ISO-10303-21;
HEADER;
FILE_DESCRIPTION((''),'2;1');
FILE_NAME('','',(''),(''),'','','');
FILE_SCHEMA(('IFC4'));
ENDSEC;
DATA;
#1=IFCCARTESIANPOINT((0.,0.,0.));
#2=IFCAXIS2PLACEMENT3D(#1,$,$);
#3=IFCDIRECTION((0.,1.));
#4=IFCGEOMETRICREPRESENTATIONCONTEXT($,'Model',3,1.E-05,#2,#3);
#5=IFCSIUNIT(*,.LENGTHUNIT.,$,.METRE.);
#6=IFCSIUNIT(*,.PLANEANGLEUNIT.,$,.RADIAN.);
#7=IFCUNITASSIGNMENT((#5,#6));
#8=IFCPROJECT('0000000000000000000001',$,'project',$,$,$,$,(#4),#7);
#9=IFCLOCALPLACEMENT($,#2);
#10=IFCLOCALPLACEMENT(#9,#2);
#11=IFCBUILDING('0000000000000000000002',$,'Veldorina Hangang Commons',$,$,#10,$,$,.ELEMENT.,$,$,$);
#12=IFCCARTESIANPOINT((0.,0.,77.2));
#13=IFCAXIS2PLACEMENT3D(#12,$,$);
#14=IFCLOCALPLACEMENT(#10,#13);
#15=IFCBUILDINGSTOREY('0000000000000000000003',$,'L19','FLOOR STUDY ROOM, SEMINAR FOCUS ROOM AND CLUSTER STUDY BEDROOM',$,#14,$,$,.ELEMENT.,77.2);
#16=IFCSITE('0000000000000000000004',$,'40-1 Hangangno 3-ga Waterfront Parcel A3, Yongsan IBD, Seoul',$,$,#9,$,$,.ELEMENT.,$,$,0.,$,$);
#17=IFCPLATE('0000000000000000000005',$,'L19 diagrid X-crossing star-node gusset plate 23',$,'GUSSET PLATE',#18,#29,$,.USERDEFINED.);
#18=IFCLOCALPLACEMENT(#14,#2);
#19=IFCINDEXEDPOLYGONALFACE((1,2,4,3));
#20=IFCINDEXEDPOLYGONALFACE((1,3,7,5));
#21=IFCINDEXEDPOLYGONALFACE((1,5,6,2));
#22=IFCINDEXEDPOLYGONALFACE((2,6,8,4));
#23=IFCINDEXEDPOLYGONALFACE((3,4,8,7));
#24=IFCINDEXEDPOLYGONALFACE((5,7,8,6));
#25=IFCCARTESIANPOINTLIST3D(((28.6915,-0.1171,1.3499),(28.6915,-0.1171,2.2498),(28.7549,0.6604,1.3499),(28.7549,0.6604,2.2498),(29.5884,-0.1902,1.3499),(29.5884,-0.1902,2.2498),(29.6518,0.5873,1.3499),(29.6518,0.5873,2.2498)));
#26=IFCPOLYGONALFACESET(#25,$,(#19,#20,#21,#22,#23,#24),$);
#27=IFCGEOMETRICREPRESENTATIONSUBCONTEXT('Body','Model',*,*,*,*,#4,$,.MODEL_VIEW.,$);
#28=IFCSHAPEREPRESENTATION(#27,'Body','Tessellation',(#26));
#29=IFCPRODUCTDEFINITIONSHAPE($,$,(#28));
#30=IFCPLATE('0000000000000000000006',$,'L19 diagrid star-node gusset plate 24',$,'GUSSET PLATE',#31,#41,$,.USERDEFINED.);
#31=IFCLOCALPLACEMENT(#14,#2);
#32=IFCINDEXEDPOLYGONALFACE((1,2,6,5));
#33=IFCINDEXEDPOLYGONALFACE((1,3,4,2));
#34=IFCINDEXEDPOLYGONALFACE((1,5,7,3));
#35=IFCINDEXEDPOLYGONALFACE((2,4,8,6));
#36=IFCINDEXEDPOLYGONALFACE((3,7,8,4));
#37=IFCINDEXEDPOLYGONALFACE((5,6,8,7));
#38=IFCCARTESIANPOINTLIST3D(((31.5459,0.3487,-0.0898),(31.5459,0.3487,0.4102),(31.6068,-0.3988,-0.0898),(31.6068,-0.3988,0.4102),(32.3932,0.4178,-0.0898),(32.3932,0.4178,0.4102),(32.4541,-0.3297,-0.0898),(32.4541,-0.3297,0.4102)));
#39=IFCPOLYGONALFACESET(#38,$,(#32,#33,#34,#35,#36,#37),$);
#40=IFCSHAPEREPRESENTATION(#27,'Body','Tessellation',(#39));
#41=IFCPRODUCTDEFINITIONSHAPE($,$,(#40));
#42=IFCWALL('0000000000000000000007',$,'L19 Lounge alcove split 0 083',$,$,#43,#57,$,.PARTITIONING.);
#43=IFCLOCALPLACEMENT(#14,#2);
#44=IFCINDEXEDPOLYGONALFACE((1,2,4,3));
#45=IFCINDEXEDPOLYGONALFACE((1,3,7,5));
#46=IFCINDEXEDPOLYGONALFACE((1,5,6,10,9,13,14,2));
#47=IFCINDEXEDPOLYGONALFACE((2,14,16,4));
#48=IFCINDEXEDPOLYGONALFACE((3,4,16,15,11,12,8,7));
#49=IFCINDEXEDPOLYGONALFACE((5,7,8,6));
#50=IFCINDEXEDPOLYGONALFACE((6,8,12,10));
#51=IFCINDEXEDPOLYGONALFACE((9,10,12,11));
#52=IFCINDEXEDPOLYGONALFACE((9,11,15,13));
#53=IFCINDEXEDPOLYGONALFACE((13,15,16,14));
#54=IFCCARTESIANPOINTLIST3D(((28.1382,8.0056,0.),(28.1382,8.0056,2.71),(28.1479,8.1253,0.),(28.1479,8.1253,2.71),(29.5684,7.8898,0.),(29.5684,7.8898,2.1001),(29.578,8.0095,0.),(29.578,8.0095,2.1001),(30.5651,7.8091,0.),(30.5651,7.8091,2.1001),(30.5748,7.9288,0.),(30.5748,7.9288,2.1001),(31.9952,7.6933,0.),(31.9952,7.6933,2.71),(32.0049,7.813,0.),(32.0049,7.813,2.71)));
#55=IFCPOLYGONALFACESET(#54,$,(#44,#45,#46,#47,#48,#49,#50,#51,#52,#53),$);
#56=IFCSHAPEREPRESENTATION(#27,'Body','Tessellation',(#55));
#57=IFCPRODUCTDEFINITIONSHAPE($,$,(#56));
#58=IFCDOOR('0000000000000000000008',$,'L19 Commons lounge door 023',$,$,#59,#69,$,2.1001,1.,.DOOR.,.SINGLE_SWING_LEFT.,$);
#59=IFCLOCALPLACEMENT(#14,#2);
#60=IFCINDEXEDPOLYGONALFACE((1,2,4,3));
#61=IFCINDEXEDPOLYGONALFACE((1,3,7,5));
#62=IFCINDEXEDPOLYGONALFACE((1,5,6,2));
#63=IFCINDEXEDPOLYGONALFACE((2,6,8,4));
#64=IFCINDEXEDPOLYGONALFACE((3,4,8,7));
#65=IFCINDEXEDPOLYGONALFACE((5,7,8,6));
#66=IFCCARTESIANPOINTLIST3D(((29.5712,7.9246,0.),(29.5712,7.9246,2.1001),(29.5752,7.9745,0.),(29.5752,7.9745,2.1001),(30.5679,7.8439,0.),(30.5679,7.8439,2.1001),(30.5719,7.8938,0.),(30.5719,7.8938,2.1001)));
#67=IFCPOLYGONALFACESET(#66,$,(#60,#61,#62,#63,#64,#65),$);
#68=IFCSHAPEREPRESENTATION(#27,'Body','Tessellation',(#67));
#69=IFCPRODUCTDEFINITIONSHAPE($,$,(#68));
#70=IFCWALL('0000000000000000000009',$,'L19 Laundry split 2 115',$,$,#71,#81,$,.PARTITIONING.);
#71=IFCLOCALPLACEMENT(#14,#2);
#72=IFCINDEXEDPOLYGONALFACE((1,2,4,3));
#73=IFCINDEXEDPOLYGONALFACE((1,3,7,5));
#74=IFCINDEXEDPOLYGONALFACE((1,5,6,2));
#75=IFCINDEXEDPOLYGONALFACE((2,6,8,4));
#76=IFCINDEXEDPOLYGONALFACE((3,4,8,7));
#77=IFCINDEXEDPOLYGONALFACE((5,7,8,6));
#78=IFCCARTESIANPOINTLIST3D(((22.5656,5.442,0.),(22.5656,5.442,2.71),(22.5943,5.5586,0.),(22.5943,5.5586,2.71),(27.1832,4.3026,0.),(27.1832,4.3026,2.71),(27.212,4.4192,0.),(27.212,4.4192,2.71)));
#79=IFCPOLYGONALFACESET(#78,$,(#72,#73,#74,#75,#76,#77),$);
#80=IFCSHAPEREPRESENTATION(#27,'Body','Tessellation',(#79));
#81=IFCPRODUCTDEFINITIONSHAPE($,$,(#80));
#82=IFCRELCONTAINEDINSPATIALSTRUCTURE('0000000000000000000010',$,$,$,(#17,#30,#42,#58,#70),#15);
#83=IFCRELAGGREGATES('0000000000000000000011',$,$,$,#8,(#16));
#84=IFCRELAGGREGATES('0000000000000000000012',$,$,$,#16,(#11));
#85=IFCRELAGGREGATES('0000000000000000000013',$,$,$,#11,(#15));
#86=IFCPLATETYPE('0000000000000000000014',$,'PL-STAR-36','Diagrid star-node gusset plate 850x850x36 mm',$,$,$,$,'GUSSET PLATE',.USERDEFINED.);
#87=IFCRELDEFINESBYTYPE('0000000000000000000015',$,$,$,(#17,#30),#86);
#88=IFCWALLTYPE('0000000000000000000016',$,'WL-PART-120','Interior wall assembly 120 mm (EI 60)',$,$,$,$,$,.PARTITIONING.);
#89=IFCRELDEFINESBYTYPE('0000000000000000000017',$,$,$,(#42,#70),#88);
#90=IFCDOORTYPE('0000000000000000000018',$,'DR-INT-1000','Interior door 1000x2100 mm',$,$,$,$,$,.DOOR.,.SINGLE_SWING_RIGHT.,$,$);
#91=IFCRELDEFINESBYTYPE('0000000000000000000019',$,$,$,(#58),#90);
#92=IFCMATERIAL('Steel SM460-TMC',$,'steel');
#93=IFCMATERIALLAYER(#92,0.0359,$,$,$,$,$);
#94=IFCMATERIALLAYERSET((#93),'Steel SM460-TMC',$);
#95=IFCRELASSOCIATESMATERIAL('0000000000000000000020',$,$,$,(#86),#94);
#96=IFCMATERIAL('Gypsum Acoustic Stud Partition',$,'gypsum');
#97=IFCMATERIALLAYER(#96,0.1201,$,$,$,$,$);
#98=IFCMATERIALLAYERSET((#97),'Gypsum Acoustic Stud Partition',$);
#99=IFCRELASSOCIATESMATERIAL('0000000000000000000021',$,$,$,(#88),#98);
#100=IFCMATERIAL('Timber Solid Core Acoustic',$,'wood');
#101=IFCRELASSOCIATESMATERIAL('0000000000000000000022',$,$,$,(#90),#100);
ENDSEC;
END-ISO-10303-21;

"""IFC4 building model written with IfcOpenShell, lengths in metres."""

from ifc_helpers import new_model, si_unit, direction, frame, frame_2d, origin, origin_2d, place, context, subcontext, project, spatial, rectangle, extrude, material, layer, layer_set, type_object, element, fill, save


model = new_model("IFC4")

# Units and contexts
model_context = context("Model", 3, precision=1e-05, world=origin(), true_north=direction((0.0, 1.0)))
body_context = subcontext(model_context, "Body", "Model", "MODEL_VIEW")
ifc_project = project(units=[si_unit("LENGTHUNIT", "METRE"), si_unit("PLANEANGLEUNIT", "RADIAN")], contexts=[model_context])

# Site, building, storey
site_placement = place(None, origin())
site = spatial("IfcSite", under=ifc_project, at=site_placement, Name="40-1 Hangangno 3-ga Waterfront Parcel A3, Yongsan IBD, Seoul", CompositionType="ELEMENT", RefElevation=0.0)
building_placement = place(site_placement, origin())
building = spatial("IfcBuilding", under=site, at=building_placement, Name="Veldorina Hangang Commons", CompositionType="ELEMENT")
storey_placement = place(building_placement, frame((0.0, 0.0, 77.2)))
storey = spatial("IfcBuildingStorey", under=building, at=storey_placement, Name="L19", Description="FLOOR STUDY ROOM, SEMINAR FOCUS ROOM AND CLUSTER STUDY BEDROOM", CompositionType="ELEMENT", Elevation=77.2)

# Shared definitions
ifc_material_1 = material(Name="Steel SM460-TMC", Category="steel")

# Plates
ifc_layer_1 = layer(ifc_material_1, 0.0359)
ifc_layer_set_1 = layer_set([ifc_layer_1], Name="Steel SM460-TMC")
plate_type_1 = type_object("IfcPlateType", Name="PL-STAR-36", Description="Diagrid star-node gusset plate 850x850x36 mm", ElementType="GUSSET PLATE", PredefinedType="USERDEFINED", material=ifc_layer_set_1)
plate_1_placement = place(storey_placement, frame((29.1716, 0.2351, 1.3499), z_axis=(0.0, 0.0, 1.0), x_axis=(0.996694, -0.081243, 0.0)))
element("IfcPlate", 1, at=plate_1_placement, inside=storey, type_object=plate_type_1, Name="L19 diagrid X-crossing star-node gusset plate 23", ObjectType="GUSSET PLATE", PredefinedType="USERDEFINED", context=body_context, shape_type="SweptSolid", body=[
    extrude(rectangle(XDim=0.8999, YDim=0.78, at=origin_2d()), origin(), (0.0, 0.0, 1.0), 0.8999),
])
plate_2_placement = place(storey_placement, frame((32.0, 0.0095, -0.0898), z_axis=(0.0, 0.0, 1.0), x_axis=(0.996694, 0.081243, 0.0)))
element("IfcPlate", 2, at=plate_2_placement, inside=storey, type_object=plate_type_1, Name="L19 diagrid star-node gusset plate 24", ObjectType="GUSSET PLATE", PredefinedType="USERDEFINED", context=body_context, shape_type="SweptSolid", body=[
    extrude(rectangle(XDim=0.8501, YDim=0.75, at=origin_2d()), origin(), (0.0, 0.0, 1.0), 0.5),
])

# Wall, opening, door
ifc_material_2 = material(Name="Gypsum Acoustic Stud Partition", Category="gypsum")
ifc_layer_2 = layer(ifc_material_2, 0.1201)
ifc_layer_set_2 = layer_set([ifc_layer_2], Name="Gypsum Acoustic Stud Partition")
wall_type_1 = type_object("IfcWallType", Name="WL-PART-120", Description="Interior wall assembly 120 mm (EI 60)", PredefinedType="PARTITIONING", material=ifc_layer_set_2)
wall_1_placement = place(storey_placement, frame((28.1431, 8.0654, 0.0), z_axis=(0.0, 0.0, 1.0), x_axis=(0.996739, -0.080696, 0.0)))
wall_1 = element("IfcWall", 3, at=wall_1_placement, inside=storey, type_object=wall_type_1, Name="L19 Lounge alcove split 0 083", PredefinedType="PARTITIONING", context=body_context, shape_type="SweptSolid", body=[
    extrude(rectangle(XDim=3.8696, YDim=0.1201, at=frame_2d((1.9348, 0.0))), origin(), (0.0, 0.0, 1.0), 2.71),
])
opening_1_placement = place(wall_1_placement, frame((1.4348, 0.0, 0.0)))
opening_1 = element("IfcOpeningElement", 4, at=opening_1_placement, cuts=wall_1, PredefinedType="OPENING", context=body_context, shape_type="SweptSolid", body=[
    extrude(rectangle(XDim=1.0, YDim=2.1001, at=frame_2d((0.5, 1.05))), frame((0.0, 0.0701, 0.0), z_axis=(0.0, -1.0, 0.0), x_axis=(1.0, 0.0, 0.0)), (0.0, 0.0, 1.0), 0.1401),
])
ifc_material_3 = material(Name="Timber Solid Core Acoustic", Category="wood")
door_type_1 = type_object("IfcDoorType", Name="DR-INT-1000", Description="Interior door 1000x2100 mm", OperationType="SINGLE_SWING_RIGHT", PredefinedType="DOOR", material=ifc_material_3)
door_1_placement = place(opening_1_placement, origin())
door_1 = element("IfcDoor", 5, at=door_1_placement, inside=storey, type_object=door_type_1, Name="L19 Commons lounge door 023", OperationType="SINGLE_SWING_LEFT", OverallHeight=2.1001, OverallWidth=1.0, PredefinedType="DOOR", context=body_context, shape_type="SweptSolid", body=[
    extrude(rectangle(XDim=1.0, YDim=2.1001, at=frame_2d((0.5, 1.05))), frame((0.0, 0.0249, 0.0), z_axis=(0.0, -1.0, 0.0), x_axis=(1.0, 0.0, 0.0)), (0.0, 0.0, 1.0), 0.05),
])
fill(opening_1, door_1)

# Wall
wall_2_placement = place(storey_placement, frame((22.5801, 5.5002, 0.0), z_axis=(0.0, 0.0, 1.0), x_axis=(0.970881, -0.239563, 0.0)))
element("IfcWall", 6, at=wall_2_placement, inside=storey, type_object=wall_type_1, Name="L19 Laundry split 2 115", PredefinedType="PARTITIONING", context=body_context, shape_type="SweptSolid", body=[
    extrude(rectangle(XDim=4.7561, YDim=0.1201, at=frame_2d((2.3779, 0.0))), origin(), (0.0, 0.0, 1.0), 2.71),
])

save(model, "model.ifc")
